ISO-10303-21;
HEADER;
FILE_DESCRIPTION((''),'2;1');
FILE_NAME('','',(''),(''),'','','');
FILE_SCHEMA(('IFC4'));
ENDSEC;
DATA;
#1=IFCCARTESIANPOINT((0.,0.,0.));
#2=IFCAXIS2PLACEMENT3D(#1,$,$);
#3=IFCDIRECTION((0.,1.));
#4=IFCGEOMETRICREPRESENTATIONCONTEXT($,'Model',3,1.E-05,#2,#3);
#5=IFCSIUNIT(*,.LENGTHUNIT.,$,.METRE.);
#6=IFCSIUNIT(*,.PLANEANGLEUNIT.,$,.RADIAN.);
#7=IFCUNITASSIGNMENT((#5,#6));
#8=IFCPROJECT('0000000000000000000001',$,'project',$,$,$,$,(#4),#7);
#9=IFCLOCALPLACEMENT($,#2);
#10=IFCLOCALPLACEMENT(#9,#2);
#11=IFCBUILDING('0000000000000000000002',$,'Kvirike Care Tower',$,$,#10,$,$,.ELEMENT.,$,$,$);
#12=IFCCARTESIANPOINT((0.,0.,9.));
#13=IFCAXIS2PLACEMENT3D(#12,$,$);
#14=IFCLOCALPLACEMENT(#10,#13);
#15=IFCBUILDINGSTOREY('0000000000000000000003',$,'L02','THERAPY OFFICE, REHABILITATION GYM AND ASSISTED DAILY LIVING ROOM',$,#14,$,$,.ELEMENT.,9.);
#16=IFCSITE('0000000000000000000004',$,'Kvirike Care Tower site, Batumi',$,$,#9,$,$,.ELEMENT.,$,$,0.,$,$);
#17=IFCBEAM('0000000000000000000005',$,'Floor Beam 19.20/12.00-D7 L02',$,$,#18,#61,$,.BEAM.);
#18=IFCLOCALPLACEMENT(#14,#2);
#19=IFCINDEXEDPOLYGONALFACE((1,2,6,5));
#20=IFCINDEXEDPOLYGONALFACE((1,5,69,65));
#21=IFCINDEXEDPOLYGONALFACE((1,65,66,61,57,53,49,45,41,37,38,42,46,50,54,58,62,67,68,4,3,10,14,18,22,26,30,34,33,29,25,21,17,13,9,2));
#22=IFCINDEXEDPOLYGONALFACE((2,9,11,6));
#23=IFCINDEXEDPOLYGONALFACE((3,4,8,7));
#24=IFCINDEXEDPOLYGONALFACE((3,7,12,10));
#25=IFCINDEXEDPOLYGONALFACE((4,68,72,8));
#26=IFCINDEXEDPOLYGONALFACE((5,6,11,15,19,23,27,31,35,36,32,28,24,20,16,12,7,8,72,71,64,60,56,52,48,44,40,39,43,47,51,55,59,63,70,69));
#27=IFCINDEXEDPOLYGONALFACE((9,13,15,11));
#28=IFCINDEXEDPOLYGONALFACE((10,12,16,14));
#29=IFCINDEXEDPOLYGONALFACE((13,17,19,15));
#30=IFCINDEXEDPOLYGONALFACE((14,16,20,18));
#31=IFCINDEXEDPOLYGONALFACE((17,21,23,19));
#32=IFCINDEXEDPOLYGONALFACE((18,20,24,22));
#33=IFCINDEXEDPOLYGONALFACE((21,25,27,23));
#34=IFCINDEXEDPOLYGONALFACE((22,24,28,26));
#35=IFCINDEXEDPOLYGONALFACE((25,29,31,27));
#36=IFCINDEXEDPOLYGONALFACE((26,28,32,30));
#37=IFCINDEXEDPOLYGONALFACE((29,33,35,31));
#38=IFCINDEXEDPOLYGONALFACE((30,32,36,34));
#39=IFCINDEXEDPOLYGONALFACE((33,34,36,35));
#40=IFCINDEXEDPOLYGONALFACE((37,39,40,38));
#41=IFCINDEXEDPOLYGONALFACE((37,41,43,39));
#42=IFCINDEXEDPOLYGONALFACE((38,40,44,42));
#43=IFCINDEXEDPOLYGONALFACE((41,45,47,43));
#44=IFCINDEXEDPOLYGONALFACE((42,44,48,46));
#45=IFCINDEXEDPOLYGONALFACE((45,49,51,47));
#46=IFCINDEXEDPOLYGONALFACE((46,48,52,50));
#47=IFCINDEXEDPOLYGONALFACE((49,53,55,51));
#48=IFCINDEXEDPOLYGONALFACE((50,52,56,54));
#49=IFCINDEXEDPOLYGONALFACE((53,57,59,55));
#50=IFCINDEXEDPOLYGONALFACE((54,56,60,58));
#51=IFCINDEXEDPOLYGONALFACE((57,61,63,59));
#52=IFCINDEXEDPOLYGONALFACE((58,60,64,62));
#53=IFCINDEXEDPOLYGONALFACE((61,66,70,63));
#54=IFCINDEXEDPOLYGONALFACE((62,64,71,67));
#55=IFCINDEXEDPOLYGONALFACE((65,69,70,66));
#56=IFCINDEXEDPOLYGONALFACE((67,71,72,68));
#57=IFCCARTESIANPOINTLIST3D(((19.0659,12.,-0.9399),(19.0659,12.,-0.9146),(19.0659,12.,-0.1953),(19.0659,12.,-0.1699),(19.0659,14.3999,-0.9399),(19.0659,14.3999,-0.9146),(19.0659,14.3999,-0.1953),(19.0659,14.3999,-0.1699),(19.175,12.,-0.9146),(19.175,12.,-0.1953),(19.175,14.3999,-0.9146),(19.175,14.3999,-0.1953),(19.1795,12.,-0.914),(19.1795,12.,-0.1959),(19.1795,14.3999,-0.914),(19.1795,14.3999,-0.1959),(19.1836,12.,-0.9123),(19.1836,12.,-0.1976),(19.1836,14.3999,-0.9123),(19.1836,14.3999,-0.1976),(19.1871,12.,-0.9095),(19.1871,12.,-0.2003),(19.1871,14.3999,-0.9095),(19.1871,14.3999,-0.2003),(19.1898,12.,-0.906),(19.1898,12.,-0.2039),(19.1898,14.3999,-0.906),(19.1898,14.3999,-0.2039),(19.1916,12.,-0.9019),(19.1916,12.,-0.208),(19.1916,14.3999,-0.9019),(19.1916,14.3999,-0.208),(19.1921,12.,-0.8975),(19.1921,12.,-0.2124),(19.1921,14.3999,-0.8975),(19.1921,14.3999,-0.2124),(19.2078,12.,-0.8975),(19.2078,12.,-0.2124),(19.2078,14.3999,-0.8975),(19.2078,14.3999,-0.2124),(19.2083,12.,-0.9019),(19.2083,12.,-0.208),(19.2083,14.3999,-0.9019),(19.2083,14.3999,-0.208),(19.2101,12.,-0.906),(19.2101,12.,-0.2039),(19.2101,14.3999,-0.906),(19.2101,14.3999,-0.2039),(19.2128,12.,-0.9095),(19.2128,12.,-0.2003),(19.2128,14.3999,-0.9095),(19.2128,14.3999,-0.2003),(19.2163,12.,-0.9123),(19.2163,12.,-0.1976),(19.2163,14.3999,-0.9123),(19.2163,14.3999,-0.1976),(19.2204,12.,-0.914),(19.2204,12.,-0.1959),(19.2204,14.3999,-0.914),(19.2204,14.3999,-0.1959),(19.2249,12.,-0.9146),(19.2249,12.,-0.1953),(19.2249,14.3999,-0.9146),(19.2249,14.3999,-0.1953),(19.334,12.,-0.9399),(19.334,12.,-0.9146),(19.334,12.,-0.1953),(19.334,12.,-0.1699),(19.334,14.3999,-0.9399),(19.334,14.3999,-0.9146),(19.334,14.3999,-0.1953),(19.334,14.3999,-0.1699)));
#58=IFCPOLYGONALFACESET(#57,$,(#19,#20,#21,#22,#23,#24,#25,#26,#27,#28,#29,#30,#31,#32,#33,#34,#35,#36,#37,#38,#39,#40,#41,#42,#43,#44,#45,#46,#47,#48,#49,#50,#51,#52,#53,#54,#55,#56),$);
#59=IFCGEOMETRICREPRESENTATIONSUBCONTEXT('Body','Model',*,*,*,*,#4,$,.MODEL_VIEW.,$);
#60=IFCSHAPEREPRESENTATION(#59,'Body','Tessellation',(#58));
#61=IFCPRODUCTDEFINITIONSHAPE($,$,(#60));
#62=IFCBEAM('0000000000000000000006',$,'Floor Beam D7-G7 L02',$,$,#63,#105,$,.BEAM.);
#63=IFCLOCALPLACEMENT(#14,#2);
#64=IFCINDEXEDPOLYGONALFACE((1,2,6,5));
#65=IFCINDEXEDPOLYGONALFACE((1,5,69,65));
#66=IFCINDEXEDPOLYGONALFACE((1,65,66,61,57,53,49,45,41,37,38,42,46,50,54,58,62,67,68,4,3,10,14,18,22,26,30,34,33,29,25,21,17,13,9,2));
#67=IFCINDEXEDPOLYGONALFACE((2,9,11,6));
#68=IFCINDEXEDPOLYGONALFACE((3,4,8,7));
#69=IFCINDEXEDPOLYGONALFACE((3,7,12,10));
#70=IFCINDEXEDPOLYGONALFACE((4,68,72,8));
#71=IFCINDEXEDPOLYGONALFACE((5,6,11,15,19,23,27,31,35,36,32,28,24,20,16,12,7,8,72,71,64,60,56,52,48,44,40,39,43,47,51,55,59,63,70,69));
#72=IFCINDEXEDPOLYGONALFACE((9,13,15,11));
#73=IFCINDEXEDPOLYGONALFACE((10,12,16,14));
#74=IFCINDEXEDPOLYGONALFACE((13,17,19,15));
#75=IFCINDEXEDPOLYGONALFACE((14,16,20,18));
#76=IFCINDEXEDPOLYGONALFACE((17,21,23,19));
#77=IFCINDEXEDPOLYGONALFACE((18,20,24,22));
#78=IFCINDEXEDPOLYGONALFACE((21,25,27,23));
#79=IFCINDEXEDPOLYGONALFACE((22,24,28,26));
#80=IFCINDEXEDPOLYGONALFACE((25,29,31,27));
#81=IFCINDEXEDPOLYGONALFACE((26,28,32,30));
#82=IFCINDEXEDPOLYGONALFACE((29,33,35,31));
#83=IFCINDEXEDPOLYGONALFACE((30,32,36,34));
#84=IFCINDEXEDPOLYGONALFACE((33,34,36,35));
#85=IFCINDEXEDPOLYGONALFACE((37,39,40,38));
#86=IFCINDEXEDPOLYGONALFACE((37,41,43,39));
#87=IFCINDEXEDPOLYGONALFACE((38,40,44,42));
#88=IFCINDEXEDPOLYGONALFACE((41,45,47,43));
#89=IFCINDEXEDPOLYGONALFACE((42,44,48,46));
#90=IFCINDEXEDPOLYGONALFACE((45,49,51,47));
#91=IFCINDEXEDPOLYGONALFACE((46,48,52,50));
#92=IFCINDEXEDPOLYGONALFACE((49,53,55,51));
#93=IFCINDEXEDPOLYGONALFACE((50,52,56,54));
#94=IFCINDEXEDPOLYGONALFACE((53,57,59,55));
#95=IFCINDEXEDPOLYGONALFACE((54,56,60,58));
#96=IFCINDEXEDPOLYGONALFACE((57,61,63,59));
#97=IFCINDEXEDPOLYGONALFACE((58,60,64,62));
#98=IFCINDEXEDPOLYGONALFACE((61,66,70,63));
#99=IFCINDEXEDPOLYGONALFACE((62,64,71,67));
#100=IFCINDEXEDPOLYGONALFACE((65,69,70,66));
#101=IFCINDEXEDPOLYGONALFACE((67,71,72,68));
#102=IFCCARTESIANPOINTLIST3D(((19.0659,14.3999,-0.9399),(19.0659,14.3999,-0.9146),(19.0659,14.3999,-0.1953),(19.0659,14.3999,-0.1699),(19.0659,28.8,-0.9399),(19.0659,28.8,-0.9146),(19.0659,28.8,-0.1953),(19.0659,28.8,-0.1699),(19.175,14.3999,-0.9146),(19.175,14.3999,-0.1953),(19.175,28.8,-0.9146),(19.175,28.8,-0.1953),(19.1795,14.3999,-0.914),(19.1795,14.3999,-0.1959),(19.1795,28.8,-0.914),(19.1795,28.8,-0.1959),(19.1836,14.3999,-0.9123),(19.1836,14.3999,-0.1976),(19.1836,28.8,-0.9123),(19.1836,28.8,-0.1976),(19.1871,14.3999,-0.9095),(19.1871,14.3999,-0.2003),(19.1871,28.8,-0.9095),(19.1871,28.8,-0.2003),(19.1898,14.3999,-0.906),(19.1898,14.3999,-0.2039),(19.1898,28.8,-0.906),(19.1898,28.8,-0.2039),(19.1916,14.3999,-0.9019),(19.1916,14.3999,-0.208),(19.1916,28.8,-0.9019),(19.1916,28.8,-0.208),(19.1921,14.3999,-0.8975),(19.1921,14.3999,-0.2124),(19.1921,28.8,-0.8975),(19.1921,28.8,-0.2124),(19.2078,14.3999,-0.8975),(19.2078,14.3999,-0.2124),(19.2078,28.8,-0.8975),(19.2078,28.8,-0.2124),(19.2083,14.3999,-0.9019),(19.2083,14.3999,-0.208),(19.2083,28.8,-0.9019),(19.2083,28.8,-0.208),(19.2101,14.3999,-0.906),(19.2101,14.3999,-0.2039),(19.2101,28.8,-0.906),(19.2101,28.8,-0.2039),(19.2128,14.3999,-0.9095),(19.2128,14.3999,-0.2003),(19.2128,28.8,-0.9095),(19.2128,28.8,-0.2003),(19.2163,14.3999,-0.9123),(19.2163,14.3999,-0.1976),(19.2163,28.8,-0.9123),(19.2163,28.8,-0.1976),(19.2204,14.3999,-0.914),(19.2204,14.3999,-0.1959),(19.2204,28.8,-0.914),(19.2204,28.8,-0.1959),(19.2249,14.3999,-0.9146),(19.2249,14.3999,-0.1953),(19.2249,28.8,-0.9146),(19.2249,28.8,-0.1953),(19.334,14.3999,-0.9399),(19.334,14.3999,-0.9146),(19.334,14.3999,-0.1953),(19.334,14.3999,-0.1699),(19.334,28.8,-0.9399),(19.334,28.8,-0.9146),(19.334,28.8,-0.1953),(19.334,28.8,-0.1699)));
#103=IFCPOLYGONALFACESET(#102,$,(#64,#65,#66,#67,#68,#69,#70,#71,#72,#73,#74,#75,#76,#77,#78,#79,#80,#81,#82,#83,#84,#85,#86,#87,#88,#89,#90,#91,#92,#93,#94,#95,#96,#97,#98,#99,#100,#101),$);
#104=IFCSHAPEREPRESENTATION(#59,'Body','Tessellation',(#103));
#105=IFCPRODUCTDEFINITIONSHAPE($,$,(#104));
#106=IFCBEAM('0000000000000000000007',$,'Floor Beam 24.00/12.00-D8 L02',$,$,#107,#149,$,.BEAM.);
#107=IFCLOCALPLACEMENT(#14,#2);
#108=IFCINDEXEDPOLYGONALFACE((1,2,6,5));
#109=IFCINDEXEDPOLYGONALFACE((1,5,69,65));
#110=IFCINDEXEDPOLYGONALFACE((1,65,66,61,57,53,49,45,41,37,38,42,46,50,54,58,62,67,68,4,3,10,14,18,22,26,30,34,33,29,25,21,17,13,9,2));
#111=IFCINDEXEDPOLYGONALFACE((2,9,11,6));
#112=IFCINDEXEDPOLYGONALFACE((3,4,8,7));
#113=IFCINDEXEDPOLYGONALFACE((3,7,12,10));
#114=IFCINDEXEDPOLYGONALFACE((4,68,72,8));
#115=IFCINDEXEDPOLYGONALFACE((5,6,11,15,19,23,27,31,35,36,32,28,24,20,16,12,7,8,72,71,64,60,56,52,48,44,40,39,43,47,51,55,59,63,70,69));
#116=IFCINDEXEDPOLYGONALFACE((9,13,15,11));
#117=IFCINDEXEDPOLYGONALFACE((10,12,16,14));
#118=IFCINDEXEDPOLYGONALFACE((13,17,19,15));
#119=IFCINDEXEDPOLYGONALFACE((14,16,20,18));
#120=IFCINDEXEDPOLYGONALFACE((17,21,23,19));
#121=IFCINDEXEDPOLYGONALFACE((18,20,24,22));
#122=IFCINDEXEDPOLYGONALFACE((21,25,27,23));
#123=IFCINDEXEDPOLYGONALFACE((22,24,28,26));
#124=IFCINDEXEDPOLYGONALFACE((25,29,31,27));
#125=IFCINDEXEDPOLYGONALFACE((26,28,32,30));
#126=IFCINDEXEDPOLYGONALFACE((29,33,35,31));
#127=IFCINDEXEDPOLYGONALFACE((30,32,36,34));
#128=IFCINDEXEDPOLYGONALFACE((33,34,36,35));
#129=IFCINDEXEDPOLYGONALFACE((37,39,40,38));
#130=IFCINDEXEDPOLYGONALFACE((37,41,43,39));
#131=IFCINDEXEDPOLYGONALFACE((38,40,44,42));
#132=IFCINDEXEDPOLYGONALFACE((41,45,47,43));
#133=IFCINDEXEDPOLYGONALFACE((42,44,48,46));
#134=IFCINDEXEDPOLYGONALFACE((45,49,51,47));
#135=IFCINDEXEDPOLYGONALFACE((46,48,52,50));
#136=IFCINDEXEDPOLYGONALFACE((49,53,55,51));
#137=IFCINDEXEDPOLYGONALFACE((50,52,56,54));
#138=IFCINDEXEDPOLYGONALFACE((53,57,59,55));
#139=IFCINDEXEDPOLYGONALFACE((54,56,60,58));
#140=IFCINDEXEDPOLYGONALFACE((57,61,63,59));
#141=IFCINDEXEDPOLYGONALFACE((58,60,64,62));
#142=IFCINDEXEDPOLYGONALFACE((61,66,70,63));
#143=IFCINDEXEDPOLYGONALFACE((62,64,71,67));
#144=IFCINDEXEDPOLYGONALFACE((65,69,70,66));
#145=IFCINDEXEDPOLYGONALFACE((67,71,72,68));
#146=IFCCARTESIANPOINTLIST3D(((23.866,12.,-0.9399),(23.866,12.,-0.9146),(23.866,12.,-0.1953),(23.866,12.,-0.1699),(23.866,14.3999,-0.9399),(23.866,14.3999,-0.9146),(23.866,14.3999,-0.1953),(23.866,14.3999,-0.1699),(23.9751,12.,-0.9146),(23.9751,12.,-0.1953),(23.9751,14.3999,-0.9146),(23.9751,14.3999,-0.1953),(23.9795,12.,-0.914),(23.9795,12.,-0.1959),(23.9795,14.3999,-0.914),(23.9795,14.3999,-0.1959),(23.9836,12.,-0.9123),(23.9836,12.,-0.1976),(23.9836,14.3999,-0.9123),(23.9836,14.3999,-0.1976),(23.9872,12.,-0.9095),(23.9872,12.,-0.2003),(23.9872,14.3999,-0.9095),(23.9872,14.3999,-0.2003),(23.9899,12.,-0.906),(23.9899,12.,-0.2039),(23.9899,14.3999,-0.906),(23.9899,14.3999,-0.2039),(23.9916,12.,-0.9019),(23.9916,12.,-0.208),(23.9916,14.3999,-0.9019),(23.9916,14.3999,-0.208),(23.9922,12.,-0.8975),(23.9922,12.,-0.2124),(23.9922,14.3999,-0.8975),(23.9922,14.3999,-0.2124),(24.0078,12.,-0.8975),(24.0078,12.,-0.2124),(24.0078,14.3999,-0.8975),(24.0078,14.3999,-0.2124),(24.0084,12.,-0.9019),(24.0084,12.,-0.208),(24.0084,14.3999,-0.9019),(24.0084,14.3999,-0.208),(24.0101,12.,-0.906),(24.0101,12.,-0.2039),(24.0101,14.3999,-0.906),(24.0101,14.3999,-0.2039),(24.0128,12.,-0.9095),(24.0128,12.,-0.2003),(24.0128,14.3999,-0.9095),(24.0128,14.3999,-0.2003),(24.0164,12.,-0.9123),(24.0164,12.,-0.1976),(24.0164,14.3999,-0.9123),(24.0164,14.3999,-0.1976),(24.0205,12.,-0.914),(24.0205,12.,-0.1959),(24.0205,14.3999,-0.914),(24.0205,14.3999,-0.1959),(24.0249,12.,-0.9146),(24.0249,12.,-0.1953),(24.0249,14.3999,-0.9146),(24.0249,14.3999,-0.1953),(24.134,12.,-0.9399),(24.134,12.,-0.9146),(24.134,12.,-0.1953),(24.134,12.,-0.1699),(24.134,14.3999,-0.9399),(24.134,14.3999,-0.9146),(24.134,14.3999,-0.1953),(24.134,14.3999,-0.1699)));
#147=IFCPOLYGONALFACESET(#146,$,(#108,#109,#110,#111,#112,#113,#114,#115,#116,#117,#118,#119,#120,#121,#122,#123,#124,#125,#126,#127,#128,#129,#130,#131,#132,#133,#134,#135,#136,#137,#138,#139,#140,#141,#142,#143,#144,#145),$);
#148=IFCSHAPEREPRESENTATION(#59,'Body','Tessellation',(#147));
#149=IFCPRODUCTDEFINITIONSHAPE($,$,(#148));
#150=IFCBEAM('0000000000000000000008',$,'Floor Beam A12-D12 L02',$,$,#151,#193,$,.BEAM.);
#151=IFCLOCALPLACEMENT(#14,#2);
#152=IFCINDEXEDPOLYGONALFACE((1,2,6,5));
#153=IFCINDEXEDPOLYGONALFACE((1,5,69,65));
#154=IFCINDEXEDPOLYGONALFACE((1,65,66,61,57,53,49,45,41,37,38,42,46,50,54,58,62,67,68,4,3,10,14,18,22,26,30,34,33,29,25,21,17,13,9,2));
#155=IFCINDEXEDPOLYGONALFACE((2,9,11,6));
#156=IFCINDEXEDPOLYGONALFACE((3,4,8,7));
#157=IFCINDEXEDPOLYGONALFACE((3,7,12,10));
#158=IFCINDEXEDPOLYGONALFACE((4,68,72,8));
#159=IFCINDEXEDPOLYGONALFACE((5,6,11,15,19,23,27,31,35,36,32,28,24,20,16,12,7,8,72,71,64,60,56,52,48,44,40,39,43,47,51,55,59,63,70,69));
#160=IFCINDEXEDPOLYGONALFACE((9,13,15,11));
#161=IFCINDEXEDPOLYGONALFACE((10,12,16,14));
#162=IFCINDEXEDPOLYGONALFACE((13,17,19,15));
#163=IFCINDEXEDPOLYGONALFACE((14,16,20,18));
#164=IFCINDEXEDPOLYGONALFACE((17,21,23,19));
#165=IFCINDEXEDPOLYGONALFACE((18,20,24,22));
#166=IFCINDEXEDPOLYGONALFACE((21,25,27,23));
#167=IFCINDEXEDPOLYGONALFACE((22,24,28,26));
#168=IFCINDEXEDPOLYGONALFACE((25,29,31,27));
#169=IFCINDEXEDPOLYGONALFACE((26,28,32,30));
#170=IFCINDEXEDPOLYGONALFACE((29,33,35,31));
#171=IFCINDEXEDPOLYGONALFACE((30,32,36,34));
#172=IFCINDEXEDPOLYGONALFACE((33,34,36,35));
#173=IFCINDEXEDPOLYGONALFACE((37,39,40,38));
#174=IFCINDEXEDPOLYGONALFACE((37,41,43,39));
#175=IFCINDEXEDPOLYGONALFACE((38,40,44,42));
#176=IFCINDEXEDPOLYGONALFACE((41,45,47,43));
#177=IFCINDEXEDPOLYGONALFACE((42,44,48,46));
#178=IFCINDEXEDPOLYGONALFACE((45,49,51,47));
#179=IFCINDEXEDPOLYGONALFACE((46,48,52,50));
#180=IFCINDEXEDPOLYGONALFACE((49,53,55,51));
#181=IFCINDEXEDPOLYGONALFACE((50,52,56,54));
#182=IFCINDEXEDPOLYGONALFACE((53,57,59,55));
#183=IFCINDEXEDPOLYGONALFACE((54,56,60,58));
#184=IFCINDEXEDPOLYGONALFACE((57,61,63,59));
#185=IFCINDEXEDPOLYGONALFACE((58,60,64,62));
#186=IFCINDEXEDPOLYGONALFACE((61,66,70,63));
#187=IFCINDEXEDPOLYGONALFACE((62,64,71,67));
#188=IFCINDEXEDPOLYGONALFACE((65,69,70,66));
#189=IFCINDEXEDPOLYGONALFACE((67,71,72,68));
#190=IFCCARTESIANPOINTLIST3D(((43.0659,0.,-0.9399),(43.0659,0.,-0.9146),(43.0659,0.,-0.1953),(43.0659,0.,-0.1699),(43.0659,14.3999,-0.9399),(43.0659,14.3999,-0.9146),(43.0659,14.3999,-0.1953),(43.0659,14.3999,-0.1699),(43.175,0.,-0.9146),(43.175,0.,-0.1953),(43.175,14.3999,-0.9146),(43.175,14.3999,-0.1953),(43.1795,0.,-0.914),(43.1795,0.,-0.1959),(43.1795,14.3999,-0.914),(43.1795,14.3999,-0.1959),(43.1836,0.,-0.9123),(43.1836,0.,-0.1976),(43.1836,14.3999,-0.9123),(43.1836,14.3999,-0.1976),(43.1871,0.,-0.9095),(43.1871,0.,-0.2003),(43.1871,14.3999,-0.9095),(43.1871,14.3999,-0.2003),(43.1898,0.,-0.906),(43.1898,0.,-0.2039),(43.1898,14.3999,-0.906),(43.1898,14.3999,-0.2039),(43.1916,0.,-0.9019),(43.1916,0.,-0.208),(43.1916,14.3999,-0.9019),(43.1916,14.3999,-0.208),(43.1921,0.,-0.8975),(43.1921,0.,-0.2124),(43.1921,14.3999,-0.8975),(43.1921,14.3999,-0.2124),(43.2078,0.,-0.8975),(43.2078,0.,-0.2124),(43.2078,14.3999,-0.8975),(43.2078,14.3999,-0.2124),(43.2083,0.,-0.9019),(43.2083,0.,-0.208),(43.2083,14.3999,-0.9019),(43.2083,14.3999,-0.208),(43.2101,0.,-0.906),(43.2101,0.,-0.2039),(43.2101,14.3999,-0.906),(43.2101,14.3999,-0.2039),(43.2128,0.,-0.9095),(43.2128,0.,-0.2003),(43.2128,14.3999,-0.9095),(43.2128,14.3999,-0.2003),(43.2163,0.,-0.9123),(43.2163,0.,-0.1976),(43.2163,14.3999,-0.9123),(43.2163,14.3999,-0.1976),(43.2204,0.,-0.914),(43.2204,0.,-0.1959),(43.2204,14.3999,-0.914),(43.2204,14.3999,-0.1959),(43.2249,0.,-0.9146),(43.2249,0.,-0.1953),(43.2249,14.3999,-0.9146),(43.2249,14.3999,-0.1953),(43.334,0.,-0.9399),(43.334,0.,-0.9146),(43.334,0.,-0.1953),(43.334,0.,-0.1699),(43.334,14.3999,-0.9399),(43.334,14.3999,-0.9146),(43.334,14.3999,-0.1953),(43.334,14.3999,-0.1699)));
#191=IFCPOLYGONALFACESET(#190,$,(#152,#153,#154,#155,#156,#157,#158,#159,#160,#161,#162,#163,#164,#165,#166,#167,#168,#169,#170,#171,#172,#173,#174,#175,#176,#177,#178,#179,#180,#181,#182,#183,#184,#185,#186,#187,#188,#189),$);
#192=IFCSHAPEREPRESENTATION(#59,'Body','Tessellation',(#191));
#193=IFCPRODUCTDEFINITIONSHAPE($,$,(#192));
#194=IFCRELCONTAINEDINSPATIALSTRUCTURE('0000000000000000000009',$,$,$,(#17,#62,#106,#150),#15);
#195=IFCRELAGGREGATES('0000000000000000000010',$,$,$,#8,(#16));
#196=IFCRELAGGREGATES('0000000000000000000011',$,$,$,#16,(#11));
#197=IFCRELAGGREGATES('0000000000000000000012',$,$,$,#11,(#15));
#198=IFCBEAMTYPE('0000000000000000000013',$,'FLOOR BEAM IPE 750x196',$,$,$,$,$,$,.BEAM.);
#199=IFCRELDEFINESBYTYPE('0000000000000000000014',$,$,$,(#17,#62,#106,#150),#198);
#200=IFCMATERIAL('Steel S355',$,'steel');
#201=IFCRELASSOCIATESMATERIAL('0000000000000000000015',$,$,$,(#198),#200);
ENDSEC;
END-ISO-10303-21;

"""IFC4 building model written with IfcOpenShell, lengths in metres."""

from ifc_helpers import new_model, si_unit, direction, frame, origin, origin_2d, place, context, subcontext, project, spatial, i_section, extrude, material, material_profile, profile_set, type_object, element, save


model = new_model("IFC4")

# Units and contexts
model_context = context("Model", 3, precision=1e-05, world=origin(), true_north=direction((0.0, 1.0)))
body_context = subcontext(model_context, "Body", "Model", "MODEL_VIEW")
ifc_project = project(units=[si_unit("LENGTHUNIT", "METRE"), si_unit("PLANEANGLEUNIT", "RADIAN")], contexts=[model_context])

# Site, building, storey
site_placement = place(None, origin())
site = spatial("IfcSite", under=ifc_project, at=site_placement, Name="Kvirike Care Tower site, Batumi", CompositionType="ELEMENT", RefElevation=0.0)
building_placement = place(site_placement, origin())
building = spatial("IfcBuilding", under=site, at=building_placement, Name="Kvirike Care Tower", CompositionType="ELEMENT")
storey_placement = place(building_placement, frame((0.0, 0.0, 9.0)))
storey = spatial("IfcBuildingStorey", under=building, at=storey_placement, Name="L02", Description="THERAPY OFFICE, REHABILITATION GYM AND ASSISTED DAILY LIVING ROOM", CompositionType="ELEMENT", Elevation=9.0)

# Beams
ifc_material_1 = material(Name="Steel S355", Category="steel")
ifc_material_profile_1 = material_profile(ifc_material_1, i_section(OverallWidth=0.2681, OverallDepth=0.77, WebThickness=0.0156, FlangeThickness=0.0254, FilletRadius=0.0171, at=origin_2d()), Name="IPE 750x196")
ifc_profile_set_1 = profile_set([ifc_material_profile_1], Name="Steel S355")
beam_type_1 = type_object("IfcBeamType", Name="FLOOR BEAM IPE 750x196", PredefinedType="BEAM", material=ifc_profile_set_1)
beam_1_placement = place(storey_placement, frame((19.2, 12.0, -0.5549), z_axis=(0.0, 1.0, 0.0), x_axis=(-1.0, 0.0, 0.0)))
element("IfcBeam", 1, at=beam_1_placement, inside=storey, type_object=beam_type_1, Name="Floor Beam 19.20/12.00-D7 L02", PredefinedType="BEAM", context=body_context, shape_type="SweptSolid", body=[
    extrude(i_section(OverallWidth=0.2681, OverallDepth=0.77, WebThickness=0.0156, FlangeThickness=0.0254, FilletRadius=0.0171, at=origin_2d()), origin(), (0.0, 0.0, 1.0), 2.3999),
])
beam_2_placement = place(storey_placement, frame((19.2, 14.3999, -0.5549), z_axis=(0.0, 1.0, 0.0), x_axis=(-1.0, 0.0, 0.0)))
element("IfcBeam", 2, at=beam_2_placement, inside=storey, type_object=beam_type_1, Name="Floor Beam D7-G7 L02", PredefinedType="BEAM", context=body_context, shape_type="SweptSolid", body=[
    extrude(i_section(OverallWidth=0.2681, OverallDepth=0.77, WebThickness=0.0156, FlangeThickness=0.0254, FilletRadius=0.0171, at=origin_2d()), origin(), (0.0, 0.0, 1.0), 14.4001),
])
beam_3_placement = place(storey_placement, frame((24.0, 12.0, -0.5549), z_axis=(0.0, 1.0, 0.0), x_axis=(-1.0, 0.0, 0.0)))
element("IfcBeam", 3, at=beam_3_placement, inside=storey, type_object=beam_type_1, Name="Floor Beam 24.00/12.00-D8 L02", PredefinedType="BEAM", context=body_context, shape_type="SweptSolid", body=[
    extrude(i_section(OverallWidth=0.2681, OverallDepth=0.77, WebThickness=0.0156, FlangeThickness=0.0254, FilletRadius=0.0171, at=origin_2d()), origin(), (0.0, 0.0, 1.0), 2.3999),
])
beam_4_placement = place(storey_placement, frame((43.2, 0.0, -0.5549), z_axis=(0.0, 1.0, 0.0), x_axis=(-1.0, 0.0, 0.0)))
element("IfcBeam", 4, at=beam_4_placement, inside=storey, type_object=beam_type_1, Name="Floor Beam A12-D12 L02", PredefinedType="BEAM", context=body_context, shape_type="SweptSolid", body=[
    extrude(i_section(OverallWidth=0.2681, OverallDepth=0.77, WebThickness=0.0156, FlangeThickness=0.0254, FilletRadius=0.0171, at=origin_2d()), origin(), (0.0, 0.0, 1.0), 14.3999),
])

save(model, "model.ifc")
